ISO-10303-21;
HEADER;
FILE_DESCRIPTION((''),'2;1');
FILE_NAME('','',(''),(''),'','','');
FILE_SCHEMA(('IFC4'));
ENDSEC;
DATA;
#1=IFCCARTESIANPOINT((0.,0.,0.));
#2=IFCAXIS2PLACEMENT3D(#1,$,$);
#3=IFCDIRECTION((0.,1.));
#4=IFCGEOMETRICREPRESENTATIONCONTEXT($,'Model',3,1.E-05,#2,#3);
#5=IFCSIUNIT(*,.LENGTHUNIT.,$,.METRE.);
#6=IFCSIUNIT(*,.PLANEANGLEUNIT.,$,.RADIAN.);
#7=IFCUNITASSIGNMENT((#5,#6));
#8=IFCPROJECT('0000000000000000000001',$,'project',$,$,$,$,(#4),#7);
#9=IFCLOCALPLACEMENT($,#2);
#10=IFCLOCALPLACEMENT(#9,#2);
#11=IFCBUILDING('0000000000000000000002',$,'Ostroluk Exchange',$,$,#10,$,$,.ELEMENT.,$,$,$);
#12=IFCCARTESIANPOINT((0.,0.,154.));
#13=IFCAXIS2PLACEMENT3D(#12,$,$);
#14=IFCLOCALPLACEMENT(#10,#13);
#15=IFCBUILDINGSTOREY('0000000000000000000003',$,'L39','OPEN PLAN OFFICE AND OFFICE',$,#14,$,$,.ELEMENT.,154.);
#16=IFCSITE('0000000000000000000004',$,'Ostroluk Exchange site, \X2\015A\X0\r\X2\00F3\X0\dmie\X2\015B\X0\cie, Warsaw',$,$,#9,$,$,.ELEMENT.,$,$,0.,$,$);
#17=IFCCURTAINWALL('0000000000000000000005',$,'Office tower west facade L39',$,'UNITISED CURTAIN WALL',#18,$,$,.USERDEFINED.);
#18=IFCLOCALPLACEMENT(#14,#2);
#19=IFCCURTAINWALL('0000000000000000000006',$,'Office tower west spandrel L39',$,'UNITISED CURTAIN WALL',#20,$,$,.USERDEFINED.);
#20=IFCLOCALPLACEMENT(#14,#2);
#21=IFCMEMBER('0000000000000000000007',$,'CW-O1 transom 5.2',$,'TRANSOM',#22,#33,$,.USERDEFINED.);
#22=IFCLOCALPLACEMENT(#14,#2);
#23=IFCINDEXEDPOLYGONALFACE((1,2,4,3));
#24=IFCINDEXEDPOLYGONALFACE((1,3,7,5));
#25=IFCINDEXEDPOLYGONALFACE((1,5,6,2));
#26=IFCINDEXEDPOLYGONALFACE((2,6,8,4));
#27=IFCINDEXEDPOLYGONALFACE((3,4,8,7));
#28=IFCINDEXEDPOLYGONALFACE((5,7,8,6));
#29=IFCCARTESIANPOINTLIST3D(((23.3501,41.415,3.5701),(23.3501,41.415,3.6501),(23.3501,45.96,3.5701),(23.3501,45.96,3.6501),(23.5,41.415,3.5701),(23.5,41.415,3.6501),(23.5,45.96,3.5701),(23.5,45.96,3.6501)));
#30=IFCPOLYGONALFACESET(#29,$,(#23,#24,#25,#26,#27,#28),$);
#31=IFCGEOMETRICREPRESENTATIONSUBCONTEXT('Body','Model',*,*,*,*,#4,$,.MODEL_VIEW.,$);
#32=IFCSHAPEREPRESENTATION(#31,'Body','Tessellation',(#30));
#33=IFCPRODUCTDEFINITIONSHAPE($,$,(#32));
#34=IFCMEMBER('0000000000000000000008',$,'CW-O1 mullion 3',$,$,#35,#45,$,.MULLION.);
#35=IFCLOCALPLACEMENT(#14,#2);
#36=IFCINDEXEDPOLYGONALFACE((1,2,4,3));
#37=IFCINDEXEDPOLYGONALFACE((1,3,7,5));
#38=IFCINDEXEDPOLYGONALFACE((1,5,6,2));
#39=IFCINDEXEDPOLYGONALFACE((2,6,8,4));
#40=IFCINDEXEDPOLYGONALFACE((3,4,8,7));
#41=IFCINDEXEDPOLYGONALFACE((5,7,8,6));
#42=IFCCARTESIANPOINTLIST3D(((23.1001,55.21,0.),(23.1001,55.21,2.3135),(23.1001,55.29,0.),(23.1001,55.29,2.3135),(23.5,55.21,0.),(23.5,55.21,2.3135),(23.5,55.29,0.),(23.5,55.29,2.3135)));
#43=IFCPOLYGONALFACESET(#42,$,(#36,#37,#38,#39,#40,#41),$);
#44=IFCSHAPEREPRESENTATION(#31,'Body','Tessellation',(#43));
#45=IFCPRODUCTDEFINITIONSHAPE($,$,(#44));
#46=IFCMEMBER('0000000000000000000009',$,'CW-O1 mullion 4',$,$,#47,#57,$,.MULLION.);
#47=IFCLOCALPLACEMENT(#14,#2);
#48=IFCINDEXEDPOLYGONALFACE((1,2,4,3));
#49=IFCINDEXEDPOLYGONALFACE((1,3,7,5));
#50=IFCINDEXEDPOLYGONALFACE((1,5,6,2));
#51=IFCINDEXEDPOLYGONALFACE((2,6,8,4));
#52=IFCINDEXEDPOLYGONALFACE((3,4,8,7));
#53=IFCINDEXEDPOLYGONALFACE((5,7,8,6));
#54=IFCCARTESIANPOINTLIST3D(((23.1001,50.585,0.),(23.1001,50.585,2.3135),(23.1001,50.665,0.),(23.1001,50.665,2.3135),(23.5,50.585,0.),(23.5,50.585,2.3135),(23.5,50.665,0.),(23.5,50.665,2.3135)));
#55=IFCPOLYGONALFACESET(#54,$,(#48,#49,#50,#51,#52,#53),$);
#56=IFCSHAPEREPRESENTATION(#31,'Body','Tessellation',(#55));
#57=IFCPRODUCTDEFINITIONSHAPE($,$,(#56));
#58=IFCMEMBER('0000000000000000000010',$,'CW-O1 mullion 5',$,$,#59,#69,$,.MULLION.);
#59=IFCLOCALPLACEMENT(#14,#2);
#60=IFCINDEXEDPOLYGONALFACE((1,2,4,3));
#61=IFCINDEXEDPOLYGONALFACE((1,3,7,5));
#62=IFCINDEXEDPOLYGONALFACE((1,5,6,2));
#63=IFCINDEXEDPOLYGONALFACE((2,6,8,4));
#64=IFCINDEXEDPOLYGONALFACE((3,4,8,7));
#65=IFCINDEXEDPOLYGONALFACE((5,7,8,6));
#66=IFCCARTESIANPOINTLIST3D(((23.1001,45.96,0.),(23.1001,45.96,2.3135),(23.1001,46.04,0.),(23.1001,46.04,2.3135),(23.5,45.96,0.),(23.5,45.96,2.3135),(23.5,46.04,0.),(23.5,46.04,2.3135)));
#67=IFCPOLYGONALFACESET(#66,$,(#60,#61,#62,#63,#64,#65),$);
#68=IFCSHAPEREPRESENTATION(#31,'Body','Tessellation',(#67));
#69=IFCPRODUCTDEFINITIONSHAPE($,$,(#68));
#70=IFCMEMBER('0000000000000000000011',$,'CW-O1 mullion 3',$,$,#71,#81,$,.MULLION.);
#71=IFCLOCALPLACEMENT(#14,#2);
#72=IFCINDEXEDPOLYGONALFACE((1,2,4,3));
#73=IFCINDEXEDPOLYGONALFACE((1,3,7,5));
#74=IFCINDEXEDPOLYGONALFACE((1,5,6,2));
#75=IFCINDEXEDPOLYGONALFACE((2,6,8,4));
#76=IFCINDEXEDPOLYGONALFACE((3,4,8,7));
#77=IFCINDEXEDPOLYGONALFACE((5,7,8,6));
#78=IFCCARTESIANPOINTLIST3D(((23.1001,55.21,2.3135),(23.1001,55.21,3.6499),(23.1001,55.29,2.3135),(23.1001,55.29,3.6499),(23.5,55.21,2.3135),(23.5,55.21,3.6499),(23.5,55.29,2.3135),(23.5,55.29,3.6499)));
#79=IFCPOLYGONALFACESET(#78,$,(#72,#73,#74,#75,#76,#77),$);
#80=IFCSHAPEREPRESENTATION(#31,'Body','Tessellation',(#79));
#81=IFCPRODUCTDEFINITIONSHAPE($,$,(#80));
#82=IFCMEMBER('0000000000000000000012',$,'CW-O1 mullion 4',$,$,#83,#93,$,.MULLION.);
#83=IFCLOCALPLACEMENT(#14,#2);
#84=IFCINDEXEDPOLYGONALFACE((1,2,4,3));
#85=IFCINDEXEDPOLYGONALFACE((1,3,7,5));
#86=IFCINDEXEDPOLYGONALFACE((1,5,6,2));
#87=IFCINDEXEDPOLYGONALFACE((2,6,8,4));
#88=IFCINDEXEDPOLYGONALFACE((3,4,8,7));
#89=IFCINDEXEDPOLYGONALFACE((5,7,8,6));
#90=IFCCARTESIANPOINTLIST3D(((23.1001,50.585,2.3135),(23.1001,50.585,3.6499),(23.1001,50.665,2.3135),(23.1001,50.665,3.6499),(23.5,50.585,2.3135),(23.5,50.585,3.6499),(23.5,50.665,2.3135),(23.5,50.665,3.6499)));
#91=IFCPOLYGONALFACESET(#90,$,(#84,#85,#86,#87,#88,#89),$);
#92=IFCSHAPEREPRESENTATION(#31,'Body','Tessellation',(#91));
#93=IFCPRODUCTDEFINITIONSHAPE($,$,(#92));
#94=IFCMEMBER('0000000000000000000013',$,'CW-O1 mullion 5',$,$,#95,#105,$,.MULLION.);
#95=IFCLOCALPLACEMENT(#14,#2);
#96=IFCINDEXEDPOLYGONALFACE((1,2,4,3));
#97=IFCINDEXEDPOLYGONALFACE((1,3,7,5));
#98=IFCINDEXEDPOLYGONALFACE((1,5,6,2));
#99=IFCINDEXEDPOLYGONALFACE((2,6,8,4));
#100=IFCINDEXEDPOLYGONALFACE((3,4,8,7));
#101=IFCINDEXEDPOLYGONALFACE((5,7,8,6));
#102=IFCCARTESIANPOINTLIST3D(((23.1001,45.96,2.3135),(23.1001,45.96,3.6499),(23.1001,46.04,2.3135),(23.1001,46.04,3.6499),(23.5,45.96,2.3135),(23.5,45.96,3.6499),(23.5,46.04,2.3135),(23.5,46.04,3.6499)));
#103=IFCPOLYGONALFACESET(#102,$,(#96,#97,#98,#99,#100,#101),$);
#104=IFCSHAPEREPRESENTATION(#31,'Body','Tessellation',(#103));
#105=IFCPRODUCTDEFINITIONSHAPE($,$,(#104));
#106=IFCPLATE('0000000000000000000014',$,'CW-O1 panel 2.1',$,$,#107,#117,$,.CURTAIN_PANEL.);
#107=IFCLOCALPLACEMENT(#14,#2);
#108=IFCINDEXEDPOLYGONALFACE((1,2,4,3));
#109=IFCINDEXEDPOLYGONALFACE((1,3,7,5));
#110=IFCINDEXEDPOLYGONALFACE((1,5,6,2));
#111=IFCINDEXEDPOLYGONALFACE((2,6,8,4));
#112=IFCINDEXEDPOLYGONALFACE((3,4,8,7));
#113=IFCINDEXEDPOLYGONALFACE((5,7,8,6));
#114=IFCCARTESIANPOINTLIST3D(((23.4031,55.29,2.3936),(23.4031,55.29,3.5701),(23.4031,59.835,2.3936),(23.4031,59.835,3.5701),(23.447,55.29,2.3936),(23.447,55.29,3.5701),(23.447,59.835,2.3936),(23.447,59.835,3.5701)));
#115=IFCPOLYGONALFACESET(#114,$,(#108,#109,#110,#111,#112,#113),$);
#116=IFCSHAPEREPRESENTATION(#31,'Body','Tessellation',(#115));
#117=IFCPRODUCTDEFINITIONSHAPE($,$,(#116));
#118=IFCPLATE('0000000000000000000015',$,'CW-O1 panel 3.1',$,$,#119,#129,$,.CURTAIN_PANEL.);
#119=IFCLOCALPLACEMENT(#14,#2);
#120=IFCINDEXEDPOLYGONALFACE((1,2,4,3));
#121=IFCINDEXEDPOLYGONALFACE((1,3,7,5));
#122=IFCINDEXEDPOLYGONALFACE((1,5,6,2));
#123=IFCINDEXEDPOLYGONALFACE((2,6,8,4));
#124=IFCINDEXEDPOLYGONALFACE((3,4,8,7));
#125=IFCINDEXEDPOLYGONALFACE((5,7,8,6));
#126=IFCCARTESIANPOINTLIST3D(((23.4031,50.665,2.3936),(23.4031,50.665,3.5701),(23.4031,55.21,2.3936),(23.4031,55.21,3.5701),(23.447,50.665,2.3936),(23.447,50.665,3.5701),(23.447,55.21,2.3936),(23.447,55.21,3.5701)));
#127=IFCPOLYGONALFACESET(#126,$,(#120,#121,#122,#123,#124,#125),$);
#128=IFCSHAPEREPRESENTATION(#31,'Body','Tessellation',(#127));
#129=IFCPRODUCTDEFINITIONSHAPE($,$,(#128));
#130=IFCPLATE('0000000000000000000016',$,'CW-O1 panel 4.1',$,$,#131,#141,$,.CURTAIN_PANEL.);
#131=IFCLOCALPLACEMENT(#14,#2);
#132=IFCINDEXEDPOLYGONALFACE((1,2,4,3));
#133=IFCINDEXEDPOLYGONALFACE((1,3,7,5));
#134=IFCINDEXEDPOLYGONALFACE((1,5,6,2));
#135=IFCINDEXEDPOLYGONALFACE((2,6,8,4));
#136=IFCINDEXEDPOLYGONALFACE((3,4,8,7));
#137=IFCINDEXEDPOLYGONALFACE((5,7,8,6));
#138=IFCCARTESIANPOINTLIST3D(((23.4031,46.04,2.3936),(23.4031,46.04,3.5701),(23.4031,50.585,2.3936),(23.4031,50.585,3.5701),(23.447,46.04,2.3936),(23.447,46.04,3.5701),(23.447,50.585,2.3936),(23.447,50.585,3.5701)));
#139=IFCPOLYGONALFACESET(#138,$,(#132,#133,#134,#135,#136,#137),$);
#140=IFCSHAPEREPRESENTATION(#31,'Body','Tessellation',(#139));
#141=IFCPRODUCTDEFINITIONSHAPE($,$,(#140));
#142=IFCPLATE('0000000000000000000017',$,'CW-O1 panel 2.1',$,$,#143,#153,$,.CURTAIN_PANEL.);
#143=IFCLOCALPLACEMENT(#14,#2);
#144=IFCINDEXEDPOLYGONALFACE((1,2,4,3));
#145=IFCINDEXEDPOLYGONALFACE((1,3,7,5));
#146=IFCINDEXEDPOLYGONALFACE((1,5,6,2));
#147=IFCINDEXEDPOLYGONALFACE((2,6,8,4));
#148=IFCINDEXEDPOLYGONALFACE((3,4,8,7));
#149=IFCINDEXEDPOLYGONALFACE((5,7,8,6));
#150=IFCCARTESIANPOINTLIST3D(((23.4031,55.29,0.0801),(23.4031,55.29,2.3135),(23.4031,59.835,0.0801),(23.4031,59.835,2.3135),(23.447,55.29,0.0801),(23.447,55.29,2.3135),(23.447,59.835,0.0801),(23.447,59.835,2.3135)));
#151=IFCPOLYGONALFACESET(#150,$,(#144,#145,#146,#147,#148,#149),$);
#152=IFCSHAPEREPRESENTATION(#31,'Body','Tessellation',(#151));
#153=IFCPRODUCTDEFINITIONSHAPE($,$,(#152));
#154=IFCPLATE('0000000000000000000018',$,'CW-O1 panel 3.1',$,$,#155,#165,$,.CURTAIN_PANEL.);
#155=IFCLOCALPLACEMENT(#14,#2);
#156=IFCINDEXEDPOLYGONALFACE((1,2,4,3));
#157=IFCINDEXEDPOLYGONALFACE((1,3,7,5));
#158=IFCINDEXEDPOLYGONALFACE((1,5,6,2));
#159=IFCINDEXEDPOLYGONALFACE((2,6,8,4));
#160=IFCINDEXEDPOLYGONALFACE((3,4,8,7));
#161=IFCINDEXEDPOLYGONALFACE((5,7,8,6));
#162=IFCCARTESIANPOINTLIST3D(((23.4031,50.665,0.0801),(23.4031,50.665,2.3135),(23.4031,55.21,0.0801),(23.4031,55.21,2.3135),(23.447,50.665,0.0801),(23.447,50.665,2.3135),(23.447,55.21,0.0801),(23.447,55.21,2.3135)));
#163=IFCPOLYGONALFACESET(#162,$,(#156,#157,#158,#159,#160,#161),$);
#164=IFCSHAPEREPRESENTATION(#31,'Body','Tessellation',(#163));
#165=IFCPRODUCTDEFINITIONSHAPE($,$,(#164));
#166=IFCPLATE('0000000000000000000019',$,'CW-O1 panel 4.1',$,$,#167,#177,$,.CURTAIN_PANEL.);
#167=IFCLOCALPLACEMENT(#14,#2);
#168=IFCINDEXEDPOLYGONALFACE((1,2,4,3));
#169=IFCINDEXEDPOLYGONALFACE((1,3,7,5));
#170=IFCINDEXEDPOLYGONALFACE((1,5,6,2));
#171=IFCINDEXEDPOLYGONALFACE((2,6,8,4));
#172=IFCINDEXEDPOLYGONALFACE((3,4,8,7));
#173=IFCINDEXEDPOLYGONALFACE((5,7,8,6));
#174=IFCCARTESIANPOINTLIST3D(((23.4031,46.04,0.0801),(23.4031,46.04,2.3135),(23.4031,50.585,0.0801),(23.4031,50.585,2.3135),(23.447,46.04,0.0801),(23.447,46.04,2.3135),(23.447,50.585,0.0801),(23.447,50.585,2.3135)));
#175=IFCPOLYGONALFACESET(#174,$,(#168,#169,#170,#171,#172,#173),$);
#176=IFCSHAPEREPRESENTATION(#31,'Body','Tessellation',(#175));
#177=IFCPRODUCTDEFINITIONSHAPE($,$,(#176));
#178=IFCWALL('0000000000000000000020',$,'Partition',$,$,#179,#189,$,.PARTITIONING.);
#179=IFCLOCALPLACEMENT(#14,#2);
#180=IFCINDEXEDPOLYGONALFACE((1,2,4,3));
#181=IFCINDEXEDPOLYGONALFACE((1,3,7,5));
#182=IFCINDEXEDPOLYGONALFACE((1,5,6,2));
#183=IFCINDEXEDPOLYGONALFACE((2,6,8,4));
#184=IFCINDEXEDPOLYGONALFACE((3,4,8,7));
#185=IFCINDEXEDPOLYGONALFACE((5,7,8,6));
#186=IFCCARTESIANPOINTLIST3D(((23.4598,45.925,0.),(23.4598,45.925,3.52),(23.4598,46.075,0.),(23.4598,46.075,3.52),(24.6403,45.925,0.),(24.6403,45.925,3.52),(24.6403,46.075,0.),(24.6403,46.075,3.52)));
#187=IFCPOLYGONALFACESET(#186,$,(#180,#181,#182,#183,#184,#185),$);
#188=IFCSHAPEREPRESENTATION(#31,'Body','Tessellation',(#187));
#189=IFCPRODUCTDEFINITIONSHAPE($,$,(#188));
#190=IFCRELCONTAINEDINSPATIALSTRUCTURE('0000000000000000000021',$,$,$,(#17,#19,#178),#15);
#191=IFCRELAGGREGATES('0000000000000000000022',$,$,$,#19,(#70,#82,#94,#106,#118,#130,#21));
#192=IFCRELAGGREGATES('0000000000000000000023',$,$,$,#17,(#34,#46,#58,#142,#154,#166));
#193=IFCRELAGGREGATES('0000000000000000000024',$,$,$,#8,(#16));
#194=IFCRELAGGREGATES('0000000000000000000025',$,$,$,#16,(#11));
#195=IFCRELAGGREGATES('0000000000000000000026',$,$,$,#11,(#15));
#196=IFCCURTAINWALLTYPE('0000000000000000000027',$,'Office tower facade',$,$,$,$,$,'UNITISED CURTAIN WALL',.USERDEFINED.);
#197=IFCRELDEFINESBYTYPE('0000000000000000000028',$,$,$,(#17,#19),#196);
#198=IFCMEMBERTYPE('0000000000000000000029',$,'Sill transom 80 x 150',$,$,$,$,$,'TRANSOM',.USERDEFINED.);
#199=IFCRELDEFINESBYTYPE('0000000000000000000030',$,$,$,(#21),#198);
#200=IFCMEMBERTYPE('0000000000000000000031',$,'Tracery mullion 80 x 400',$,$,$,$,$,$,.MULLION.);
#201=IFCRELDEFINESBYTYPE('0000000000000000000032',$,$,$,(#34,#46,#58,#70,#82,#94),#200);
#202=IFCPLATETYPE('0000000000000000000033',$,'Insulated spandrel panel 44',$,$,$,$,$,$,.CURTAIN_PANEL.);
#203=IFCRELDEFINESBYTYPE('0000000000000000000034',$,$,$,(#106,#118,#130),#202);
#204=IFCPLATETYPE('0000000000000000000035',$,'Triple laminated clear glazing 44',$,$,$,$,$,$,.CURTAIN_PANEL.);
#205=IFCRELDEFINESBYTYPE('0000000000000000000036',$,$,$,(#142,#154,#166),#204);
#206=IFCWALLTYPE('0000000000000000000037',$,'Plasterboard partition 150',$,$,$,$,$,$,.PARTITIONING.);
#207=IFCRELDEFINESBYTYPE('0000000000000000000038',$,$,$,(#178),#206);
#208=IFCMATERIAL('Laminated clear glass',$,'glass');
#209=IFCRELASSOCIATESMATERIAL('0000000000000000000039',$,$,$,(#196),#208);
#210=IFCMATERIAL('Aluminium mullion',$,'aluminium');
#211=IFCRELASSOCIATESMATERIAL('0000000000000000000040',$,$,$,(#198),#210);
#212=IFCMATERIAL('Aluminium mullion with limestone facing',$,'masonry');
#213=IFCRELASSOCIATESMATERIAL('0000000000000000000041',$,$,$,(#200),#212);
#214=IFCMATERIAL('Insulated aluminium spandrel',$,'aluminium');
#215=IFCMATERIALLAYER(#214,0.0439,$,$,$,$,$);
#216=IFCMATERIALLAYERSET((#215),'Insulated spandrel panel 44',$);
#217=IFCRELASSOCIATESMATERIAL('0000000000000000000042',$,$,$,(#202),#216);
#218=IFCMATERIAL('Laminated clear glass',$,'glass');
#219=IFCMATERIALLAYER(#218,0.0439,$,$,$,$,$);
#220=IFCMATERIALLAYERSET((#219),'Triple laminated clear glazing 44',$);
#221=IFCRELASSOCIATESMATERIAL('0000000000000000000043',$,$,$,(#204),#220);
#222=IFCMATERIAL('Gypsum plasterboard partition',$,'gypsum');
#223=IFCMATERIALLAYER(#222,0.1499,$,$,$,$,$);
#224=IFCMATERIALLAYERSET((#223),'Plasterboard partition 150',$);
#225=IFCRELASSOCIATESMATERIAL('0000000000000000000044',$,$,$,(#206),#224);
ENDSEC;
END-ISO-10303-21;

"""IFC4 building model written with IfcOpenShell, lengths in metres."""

from ifc_helpers import new_model, si_unit, direction, frame, frame_2d, origin, origin_2d, place, context, subcontext, project, spatial, rectangle, extrude, material, layer, layer_set, material_profile, profile_set, type_object, element, aggregate, save


model = new_model("IFC4")

# Units and contexts
model_context = context("Model", 3, precision=1e-05, world=origin(), true_north=direction((0.0, 1.0)))
body_context = subcontext(model_context, "Body", "Model", "MODEL_VIEW")
ifc_project = project(units=[si_unit("LENGTHUNIT", "METRE"), si_unit("PLANEANGLEUNIT", "RADIAN")], contexts=[model_context])

# Site, building, storey
site_placement = place(None, origin())
site = spatial("IfcSite", under=ifc_project, at=site_placement, Name="Ostroluk Exchange site, Śródmieście, Warsaw", CompositionType="ELEMENT", RefElevation=0.0)
building_placement = place(site_placement, origin())
building = spatial("IfcBuilding", under=site, at=building_placement, Name="Ostroluk Exchange", CompositionType="ELEMENT")
storey_placement = place(building_placement, frame((0.0, 0.0, 154.0)))
storey = spatial("IfcBuildingStorey", under=building, at=storey_placement, Name="L39", Description="OPEN PLAN OFFICE AND OFFICE", CompositionType="ELEMENT", Elevation=154.0)

# Curtain walls, member
ifc_material_1 = material(Name="Laminated clear glass", Category="glass")
curtain_wall_type = type_object("IfcCurtainWallType", Name="Office tower facade", ElementType="UNITISED CURTAIN WALL", PredefinedType="USERDEFINED", material=ifc_material_1)
curtain_wall_1_placement = place(storey_placement, origin())
curtain_wall_1 = element("IfcCurtainWall", 1, at=curtain_wall_1_placement, inside=storey, type_object=curtain_wall_type, Name="Office tower west facade L39", ObjectType="UNITISED CURTAIN WALL", PredefinedType="USERDEFINED")
ifc_material_2 = material(Name="Aluminium mullion", Category="aluminium")
ifc_material_profile_1 = material_profile(ifc_material_2, rectangle(XDim=0.1499, YDim=0.0801, at=origin_2d()), Name="Sill transom 80 x 150")
ifc_profile_set_1 = profile_set([ifc_material_profile_1], Name="Aluminium mullion")
member_type_1 = type_object("IfcMemberType", Name="Sill transom 80 x 150", ElementType="TRANSOM", PredefinedType="USERDEFINED", material=ifc_profile_set_1)
curtain_wall_2_placement = place(storey_placement, origin())
curtain_wall_2 = element("IfcCurtainWall", 2, at=curtain_wall_2_placement, inside=storey, type_object=curtain_wall_type, Name="Office tower west spandrel L39", ObjectType="UNITISED CURTAIN WALL", PredefinedType="USERDEFINED")
member_1_placement = place(storey_placement, frame((23.425, 45.96, 3.6101), z_axis=(0.0, -1.0, 0.0), x_axis=(1.0, 0.0, 0.0)))
member_1 = element("IfcMember", 3, at=member_1_placement, type_object=member_type_1, Name="CW-O1 transom 5.2", ObjectType="TRANSOM", PredefinedType="USERDEFINED", context=body_context, shape_type="SweptSolid", body=[
    extrude(rectangle(XDim=0.1499, YDim=0.0801, at=origin_2d()), origin(), (0.0, 0.0, 1.0), 4.5449),
])

# Members
ifc_material_3 = material(Name="Aluminium mullion with limestone facing", Category="masonry")
ifc_material_profile_2 = material_profile(ifc_material_3, rectangle(XDim=0.3999, YDim=0.0801, at=origin_2d()), Name="Tracery mullion 80 x 400")
ifc_profile_set_2 = profile_set([ifc_material_profile_2], Name="Aluminium mullion with limestone facing")
member_type_2 = type_object("IfcMemberType", Name="Tracery mullion 80 x 400", PredefinedType="MULLION", material=ifc_profile_set_2)
member_2_placement = place(storey_placement, frame((23.3, 55.25, 0.0), z_axis=(0.0, 0.0, 1.0), x_axis=(1.0, 0.0, 0.0)))
member_2 = element("IfcMember", 4, at=member_2_placement, type_object=member_type_2, Name="CW-O1 mullion 3", PredefinedType="MULLION", context=body_context, shape_type="SweptSolid", body=[
    extrude(rectangle(XDim=0.3999, YDim=0.0801, at=origin_2d()), origin(), (0.0, 0.0, 1.0), 2.3135),
])
member_3_placement = place(storey_placement, frame((23.3, 50.625, 0.0), z_axis=(0.0, 0.0, 1.0), x_axis=(1.0, 0.0, 0.0)))
member_3 = element("IfcMember", 5, at=member_3_placement, type_object=member_type_2, Name="CW-O1 mullion 4", PredefinedType="MULLION", context=body_context, shape_type="SweptSolid", body=[
    extrude(rectangle(XDim=0.3999, YDim=0.0801, at=origin_2d()), origin(), (0.0, 0.0, 1.0), 2.3135),
])
member_4_placement = place(storey_placement, frame((23.3, 46.0, 0.0), z_axis=(0.0, 0.0, 1.0), x_axis=(1.0, 0.0, 0.0)))
member_4 = element("IfcMember", 6, at=member_4_placement, type_object=member_type_2, Name="CW-O1 mullion 5", PredefinedType="MULLION", context=body_context, shape_type="SweptSolid", body=[
    extrude(rectangle(XDim=0.3999, YDim=0.0801, at=origin_2d()), origin(), (0.0, 0.0, 1.0), 2.3135),
])
member_5_placement = place(storey_placement, frame((23.3, 55.25, 2.3135), z_axis=(0.0, 0.0, 1.0), x_axis=(1.0, 0.0, 0.0)))
member_5 = element("IfcMember", 7, at=member_5_placement, type_object=member_type_2, Name="CW-O1 mullion 3", PredefinedType="MULLION", context=body_context, shape_type="SweptSolid", body=[
    extrude(rectangle(XDim=0.3999, YDim=0.0801, at=origin_2d()), origin(), (0.0, 0.0, 1.0), 1.3364),
])
member_6_placement = place(storey_placement, frame((23.3, 50.625, 2.3135), z_axis=(0.0, 0.0, 1.0), x_axis=(1.0, 0.0, 0.0)))
member_6 = element("IfcMember", 8, at=member_6_placement, type_object=member_type_2, Name="CW-O1 mullion 4", PredefinedType="MULLION", context=body_context, shape_type="SweptSolid", body=[
    extrude(rectangle(XDim=0.3999, YDim=0.0801, at=origin_2d()), origin(), (0.0, 0.0, 1.0), 1.3364),
])
member_7_placement = place(storey_placement, frame((23.3, 46.0, 2.3135), z_axis=(0.0, 0.0, 1.0), x_axis=(1.0, 0.0, 0.0)))
member_7 = element("IfcMember", 9, at=member_7_placement, type_object=member_type_2, Name="CW-O1 mullion 5", PredefinedType="MULLION", context=body_context, shape_type="SweptSolid", body=[
    extrude(rectangle(XDim=0.3999, YDim=0.0801, at=origin_2d()), origin(), (0.0, 0.0, 1.0), 1.3364),
])

# Plates
ifc_material_4 = material(Name="Insulated aluminium spandrel", Category="aluminium")
ifc_layer_1 = layer(ifc_material_4, 0.0439)
ifc_layer_set_1 = layer_set([ifc_layer_1], Name="Insulated spandrel panel 44")
plate_type_1 = type_object("IfcPlateType", Name="Insulated spandrel panel 44", PredefinedType="CURTAIN_PANEL", material=ifc_layer_set_1)
plate_1_placement = place(storey_placement, frame((23.425, 57.5625, 2.3936), z_axis=(0.0, 0.0, 1.0), x_axis=(0.0, -1.0, 0.0)))
plate_1 = element("IfcPlate", 10, at=plate_1_placement, type_object=plate_type_1, Name="CW-O1 panel 2.1", PredefinedType="CURTAIN_PANEL", context=body_context, shape_type="SweptSolid", body=[
    extrude(rectangle(XDim=4.5449, YDim=0.0439, at=origin_2d()), origin(), (0.0, 0.0, 1.0), 1.1765),
])
plate_2_placement = place(storey_placement, frame((23.425, 52.9375, 2.3936), z_axis=(0.0, 0.0, 1.0), x_axis=(0.0, -1.0, 0.0)))
plate_2 = element("IfcPlate", 11, at=plate_2_placement, type_object=plate_type_1, Name="CW-O1 panel 3.1", PredefinedType="CURTAIN_PANEL", context=body_context, shape_type="SweptSolid", body=[
    extrude(rectangle(XDim=4.5449, YDim=0.0439, at=origin_2d()), origin(), (0.0, 0.0, 1.0), 1.1765),
])
plate_3_placement = place(storey_placement, frame((23.425, 48.3125, 2.3936), z_axis=(0.0, 0.0, 1.0), x_axis=(0.0, -1.0, 0.0)))
plate_3 = element("IfcPlate", 12, at=plate_3_placement, type_object=plate_type_1, Name="CW-O1 panel 4.1", PredefinedType="CURTAIN_PANEL", context=body_context, shape_type="SweptSolid", body=[
    extrude(rectangle(XDim=4.5449, YDim=0.0439, at=origin_2d()), origin(), (0.0, 0.0, 1.0), 1.1765),
])
aggregate(curtain_wall_2, [member_5, member_6, member_7, plate_1, plate_2, plate_3, member_1])
ifc_material_5 = material(Name="Laminated clear glass", Category="glass")
ifc_layer_2 = layer(ifc_material_5, 0.0439)
ifc_layer_set_2 = layer_set([ifc_layer_2], Name="Triple laminated clear glazing 44")
plate_type_2 = type_object("IfcPlateType", Name="Triple laminated clear glazing 44", PredefinedType="CURTAIN_PANEL", material=ifc_layer_set_2)
plate_4_placement = place(storey_placement, frame((23.425, 57.5625, 0.0801), z_axis=(0.0, 0.0, 1.0), x_axis=(0.0, -1.0, 0.0)))
plate_4 = element("IfcPlate", 13, at=plate_4_placement, type_object=plate_type_2, Name="CW-O1 panel 2.1", PredefinedType="CURTAIN_PANEL", context=body_context, shape_type="SweptSolid", body=[
    extrude(rectangle(XDim=4.5449, YDim=0.0439, at=origin_2d()), origin(), (0.0, 0.0, 1.0), 2.2334),
])
plate_5_placement = place(storey_placement, frame((23.425, 52.9375, 0.0801), z_axis=(0.0, 0.0, 1.0), x_axis=(0.0, -1.0, 0.0)))
plate_5 = element("IfcPlate", 14, at=plate_5_placement, type_object=plate_type_2, Name="CW-O1 panel 3.1", PredefinedType="CURTAIN_PANEL", context=body_context, shape_type="SweptSolid", body=[
    extrude(rectangle(XDim=4.5449, YDim=0.0439, at=origin_2d()), origin(), (0.0, 0.0, 1.0), 2.2334),
])
plate_6_placement = place(storey_placement, frame((23.425, 48.3125, 0.0801), z_axis=(0.0, 0.0, 1.0), x_axis=(0.0, -1.0, 0.0)))
plate_6 = element("IfcPlate", 15, at=plate_6_placement, type_object=plate_type_2, Name="CW-O1 panel 4.1", PredefinedType="CURTAIN_PANEL", context=body_context, shape_type="SweptSolid", body=[
    extrude(rectangle(XDim=4.5449, YDim=0.0439, at=origin_2d()), origin(), (0.0, 0.0, 1.0), 2.2334),
])
aggregate(curtain_wall_1, [member_2, member_3, member_4, plate_4, plate_5, plate_6])

# Wall
ifc_material_6 = material(Name="Gypsum plasterboard partition", Category="gypsum")
ifc_layer_3 = layer(ifc_material_6, 0.1499)
ifc_layer_set_3 = layer_set([ifc_layer_3], Name="Plasterboard partition 150")
wall_type = type_object("IfcWallType", Name="Plasterboard partition 150", PredefinedType="PARTITIONING", material=ifc_layer_set_3)
wall_placement = place(storey_placement, frame((24.6404, 46.0, 0.0), z_axis=(0.0, 0.0, 1.0), x_axis=(-1.0, 0.0, 0.0)))
element("IfcWall", 16, at=wall_placement, inside=storey, type_object=wall_type, Name="Partition", PredefinedType="PARTITIONING", context=body_context, shape_type="SweptSolid", body=[
    extrude(rectangle(XDim=1.1804, YDim=0.1499, at=frame_2d((0.5903, 0.0))), origin(), (0.0, 0.0, 1.0), 3.52),
])

save(model, "model.ifc")
